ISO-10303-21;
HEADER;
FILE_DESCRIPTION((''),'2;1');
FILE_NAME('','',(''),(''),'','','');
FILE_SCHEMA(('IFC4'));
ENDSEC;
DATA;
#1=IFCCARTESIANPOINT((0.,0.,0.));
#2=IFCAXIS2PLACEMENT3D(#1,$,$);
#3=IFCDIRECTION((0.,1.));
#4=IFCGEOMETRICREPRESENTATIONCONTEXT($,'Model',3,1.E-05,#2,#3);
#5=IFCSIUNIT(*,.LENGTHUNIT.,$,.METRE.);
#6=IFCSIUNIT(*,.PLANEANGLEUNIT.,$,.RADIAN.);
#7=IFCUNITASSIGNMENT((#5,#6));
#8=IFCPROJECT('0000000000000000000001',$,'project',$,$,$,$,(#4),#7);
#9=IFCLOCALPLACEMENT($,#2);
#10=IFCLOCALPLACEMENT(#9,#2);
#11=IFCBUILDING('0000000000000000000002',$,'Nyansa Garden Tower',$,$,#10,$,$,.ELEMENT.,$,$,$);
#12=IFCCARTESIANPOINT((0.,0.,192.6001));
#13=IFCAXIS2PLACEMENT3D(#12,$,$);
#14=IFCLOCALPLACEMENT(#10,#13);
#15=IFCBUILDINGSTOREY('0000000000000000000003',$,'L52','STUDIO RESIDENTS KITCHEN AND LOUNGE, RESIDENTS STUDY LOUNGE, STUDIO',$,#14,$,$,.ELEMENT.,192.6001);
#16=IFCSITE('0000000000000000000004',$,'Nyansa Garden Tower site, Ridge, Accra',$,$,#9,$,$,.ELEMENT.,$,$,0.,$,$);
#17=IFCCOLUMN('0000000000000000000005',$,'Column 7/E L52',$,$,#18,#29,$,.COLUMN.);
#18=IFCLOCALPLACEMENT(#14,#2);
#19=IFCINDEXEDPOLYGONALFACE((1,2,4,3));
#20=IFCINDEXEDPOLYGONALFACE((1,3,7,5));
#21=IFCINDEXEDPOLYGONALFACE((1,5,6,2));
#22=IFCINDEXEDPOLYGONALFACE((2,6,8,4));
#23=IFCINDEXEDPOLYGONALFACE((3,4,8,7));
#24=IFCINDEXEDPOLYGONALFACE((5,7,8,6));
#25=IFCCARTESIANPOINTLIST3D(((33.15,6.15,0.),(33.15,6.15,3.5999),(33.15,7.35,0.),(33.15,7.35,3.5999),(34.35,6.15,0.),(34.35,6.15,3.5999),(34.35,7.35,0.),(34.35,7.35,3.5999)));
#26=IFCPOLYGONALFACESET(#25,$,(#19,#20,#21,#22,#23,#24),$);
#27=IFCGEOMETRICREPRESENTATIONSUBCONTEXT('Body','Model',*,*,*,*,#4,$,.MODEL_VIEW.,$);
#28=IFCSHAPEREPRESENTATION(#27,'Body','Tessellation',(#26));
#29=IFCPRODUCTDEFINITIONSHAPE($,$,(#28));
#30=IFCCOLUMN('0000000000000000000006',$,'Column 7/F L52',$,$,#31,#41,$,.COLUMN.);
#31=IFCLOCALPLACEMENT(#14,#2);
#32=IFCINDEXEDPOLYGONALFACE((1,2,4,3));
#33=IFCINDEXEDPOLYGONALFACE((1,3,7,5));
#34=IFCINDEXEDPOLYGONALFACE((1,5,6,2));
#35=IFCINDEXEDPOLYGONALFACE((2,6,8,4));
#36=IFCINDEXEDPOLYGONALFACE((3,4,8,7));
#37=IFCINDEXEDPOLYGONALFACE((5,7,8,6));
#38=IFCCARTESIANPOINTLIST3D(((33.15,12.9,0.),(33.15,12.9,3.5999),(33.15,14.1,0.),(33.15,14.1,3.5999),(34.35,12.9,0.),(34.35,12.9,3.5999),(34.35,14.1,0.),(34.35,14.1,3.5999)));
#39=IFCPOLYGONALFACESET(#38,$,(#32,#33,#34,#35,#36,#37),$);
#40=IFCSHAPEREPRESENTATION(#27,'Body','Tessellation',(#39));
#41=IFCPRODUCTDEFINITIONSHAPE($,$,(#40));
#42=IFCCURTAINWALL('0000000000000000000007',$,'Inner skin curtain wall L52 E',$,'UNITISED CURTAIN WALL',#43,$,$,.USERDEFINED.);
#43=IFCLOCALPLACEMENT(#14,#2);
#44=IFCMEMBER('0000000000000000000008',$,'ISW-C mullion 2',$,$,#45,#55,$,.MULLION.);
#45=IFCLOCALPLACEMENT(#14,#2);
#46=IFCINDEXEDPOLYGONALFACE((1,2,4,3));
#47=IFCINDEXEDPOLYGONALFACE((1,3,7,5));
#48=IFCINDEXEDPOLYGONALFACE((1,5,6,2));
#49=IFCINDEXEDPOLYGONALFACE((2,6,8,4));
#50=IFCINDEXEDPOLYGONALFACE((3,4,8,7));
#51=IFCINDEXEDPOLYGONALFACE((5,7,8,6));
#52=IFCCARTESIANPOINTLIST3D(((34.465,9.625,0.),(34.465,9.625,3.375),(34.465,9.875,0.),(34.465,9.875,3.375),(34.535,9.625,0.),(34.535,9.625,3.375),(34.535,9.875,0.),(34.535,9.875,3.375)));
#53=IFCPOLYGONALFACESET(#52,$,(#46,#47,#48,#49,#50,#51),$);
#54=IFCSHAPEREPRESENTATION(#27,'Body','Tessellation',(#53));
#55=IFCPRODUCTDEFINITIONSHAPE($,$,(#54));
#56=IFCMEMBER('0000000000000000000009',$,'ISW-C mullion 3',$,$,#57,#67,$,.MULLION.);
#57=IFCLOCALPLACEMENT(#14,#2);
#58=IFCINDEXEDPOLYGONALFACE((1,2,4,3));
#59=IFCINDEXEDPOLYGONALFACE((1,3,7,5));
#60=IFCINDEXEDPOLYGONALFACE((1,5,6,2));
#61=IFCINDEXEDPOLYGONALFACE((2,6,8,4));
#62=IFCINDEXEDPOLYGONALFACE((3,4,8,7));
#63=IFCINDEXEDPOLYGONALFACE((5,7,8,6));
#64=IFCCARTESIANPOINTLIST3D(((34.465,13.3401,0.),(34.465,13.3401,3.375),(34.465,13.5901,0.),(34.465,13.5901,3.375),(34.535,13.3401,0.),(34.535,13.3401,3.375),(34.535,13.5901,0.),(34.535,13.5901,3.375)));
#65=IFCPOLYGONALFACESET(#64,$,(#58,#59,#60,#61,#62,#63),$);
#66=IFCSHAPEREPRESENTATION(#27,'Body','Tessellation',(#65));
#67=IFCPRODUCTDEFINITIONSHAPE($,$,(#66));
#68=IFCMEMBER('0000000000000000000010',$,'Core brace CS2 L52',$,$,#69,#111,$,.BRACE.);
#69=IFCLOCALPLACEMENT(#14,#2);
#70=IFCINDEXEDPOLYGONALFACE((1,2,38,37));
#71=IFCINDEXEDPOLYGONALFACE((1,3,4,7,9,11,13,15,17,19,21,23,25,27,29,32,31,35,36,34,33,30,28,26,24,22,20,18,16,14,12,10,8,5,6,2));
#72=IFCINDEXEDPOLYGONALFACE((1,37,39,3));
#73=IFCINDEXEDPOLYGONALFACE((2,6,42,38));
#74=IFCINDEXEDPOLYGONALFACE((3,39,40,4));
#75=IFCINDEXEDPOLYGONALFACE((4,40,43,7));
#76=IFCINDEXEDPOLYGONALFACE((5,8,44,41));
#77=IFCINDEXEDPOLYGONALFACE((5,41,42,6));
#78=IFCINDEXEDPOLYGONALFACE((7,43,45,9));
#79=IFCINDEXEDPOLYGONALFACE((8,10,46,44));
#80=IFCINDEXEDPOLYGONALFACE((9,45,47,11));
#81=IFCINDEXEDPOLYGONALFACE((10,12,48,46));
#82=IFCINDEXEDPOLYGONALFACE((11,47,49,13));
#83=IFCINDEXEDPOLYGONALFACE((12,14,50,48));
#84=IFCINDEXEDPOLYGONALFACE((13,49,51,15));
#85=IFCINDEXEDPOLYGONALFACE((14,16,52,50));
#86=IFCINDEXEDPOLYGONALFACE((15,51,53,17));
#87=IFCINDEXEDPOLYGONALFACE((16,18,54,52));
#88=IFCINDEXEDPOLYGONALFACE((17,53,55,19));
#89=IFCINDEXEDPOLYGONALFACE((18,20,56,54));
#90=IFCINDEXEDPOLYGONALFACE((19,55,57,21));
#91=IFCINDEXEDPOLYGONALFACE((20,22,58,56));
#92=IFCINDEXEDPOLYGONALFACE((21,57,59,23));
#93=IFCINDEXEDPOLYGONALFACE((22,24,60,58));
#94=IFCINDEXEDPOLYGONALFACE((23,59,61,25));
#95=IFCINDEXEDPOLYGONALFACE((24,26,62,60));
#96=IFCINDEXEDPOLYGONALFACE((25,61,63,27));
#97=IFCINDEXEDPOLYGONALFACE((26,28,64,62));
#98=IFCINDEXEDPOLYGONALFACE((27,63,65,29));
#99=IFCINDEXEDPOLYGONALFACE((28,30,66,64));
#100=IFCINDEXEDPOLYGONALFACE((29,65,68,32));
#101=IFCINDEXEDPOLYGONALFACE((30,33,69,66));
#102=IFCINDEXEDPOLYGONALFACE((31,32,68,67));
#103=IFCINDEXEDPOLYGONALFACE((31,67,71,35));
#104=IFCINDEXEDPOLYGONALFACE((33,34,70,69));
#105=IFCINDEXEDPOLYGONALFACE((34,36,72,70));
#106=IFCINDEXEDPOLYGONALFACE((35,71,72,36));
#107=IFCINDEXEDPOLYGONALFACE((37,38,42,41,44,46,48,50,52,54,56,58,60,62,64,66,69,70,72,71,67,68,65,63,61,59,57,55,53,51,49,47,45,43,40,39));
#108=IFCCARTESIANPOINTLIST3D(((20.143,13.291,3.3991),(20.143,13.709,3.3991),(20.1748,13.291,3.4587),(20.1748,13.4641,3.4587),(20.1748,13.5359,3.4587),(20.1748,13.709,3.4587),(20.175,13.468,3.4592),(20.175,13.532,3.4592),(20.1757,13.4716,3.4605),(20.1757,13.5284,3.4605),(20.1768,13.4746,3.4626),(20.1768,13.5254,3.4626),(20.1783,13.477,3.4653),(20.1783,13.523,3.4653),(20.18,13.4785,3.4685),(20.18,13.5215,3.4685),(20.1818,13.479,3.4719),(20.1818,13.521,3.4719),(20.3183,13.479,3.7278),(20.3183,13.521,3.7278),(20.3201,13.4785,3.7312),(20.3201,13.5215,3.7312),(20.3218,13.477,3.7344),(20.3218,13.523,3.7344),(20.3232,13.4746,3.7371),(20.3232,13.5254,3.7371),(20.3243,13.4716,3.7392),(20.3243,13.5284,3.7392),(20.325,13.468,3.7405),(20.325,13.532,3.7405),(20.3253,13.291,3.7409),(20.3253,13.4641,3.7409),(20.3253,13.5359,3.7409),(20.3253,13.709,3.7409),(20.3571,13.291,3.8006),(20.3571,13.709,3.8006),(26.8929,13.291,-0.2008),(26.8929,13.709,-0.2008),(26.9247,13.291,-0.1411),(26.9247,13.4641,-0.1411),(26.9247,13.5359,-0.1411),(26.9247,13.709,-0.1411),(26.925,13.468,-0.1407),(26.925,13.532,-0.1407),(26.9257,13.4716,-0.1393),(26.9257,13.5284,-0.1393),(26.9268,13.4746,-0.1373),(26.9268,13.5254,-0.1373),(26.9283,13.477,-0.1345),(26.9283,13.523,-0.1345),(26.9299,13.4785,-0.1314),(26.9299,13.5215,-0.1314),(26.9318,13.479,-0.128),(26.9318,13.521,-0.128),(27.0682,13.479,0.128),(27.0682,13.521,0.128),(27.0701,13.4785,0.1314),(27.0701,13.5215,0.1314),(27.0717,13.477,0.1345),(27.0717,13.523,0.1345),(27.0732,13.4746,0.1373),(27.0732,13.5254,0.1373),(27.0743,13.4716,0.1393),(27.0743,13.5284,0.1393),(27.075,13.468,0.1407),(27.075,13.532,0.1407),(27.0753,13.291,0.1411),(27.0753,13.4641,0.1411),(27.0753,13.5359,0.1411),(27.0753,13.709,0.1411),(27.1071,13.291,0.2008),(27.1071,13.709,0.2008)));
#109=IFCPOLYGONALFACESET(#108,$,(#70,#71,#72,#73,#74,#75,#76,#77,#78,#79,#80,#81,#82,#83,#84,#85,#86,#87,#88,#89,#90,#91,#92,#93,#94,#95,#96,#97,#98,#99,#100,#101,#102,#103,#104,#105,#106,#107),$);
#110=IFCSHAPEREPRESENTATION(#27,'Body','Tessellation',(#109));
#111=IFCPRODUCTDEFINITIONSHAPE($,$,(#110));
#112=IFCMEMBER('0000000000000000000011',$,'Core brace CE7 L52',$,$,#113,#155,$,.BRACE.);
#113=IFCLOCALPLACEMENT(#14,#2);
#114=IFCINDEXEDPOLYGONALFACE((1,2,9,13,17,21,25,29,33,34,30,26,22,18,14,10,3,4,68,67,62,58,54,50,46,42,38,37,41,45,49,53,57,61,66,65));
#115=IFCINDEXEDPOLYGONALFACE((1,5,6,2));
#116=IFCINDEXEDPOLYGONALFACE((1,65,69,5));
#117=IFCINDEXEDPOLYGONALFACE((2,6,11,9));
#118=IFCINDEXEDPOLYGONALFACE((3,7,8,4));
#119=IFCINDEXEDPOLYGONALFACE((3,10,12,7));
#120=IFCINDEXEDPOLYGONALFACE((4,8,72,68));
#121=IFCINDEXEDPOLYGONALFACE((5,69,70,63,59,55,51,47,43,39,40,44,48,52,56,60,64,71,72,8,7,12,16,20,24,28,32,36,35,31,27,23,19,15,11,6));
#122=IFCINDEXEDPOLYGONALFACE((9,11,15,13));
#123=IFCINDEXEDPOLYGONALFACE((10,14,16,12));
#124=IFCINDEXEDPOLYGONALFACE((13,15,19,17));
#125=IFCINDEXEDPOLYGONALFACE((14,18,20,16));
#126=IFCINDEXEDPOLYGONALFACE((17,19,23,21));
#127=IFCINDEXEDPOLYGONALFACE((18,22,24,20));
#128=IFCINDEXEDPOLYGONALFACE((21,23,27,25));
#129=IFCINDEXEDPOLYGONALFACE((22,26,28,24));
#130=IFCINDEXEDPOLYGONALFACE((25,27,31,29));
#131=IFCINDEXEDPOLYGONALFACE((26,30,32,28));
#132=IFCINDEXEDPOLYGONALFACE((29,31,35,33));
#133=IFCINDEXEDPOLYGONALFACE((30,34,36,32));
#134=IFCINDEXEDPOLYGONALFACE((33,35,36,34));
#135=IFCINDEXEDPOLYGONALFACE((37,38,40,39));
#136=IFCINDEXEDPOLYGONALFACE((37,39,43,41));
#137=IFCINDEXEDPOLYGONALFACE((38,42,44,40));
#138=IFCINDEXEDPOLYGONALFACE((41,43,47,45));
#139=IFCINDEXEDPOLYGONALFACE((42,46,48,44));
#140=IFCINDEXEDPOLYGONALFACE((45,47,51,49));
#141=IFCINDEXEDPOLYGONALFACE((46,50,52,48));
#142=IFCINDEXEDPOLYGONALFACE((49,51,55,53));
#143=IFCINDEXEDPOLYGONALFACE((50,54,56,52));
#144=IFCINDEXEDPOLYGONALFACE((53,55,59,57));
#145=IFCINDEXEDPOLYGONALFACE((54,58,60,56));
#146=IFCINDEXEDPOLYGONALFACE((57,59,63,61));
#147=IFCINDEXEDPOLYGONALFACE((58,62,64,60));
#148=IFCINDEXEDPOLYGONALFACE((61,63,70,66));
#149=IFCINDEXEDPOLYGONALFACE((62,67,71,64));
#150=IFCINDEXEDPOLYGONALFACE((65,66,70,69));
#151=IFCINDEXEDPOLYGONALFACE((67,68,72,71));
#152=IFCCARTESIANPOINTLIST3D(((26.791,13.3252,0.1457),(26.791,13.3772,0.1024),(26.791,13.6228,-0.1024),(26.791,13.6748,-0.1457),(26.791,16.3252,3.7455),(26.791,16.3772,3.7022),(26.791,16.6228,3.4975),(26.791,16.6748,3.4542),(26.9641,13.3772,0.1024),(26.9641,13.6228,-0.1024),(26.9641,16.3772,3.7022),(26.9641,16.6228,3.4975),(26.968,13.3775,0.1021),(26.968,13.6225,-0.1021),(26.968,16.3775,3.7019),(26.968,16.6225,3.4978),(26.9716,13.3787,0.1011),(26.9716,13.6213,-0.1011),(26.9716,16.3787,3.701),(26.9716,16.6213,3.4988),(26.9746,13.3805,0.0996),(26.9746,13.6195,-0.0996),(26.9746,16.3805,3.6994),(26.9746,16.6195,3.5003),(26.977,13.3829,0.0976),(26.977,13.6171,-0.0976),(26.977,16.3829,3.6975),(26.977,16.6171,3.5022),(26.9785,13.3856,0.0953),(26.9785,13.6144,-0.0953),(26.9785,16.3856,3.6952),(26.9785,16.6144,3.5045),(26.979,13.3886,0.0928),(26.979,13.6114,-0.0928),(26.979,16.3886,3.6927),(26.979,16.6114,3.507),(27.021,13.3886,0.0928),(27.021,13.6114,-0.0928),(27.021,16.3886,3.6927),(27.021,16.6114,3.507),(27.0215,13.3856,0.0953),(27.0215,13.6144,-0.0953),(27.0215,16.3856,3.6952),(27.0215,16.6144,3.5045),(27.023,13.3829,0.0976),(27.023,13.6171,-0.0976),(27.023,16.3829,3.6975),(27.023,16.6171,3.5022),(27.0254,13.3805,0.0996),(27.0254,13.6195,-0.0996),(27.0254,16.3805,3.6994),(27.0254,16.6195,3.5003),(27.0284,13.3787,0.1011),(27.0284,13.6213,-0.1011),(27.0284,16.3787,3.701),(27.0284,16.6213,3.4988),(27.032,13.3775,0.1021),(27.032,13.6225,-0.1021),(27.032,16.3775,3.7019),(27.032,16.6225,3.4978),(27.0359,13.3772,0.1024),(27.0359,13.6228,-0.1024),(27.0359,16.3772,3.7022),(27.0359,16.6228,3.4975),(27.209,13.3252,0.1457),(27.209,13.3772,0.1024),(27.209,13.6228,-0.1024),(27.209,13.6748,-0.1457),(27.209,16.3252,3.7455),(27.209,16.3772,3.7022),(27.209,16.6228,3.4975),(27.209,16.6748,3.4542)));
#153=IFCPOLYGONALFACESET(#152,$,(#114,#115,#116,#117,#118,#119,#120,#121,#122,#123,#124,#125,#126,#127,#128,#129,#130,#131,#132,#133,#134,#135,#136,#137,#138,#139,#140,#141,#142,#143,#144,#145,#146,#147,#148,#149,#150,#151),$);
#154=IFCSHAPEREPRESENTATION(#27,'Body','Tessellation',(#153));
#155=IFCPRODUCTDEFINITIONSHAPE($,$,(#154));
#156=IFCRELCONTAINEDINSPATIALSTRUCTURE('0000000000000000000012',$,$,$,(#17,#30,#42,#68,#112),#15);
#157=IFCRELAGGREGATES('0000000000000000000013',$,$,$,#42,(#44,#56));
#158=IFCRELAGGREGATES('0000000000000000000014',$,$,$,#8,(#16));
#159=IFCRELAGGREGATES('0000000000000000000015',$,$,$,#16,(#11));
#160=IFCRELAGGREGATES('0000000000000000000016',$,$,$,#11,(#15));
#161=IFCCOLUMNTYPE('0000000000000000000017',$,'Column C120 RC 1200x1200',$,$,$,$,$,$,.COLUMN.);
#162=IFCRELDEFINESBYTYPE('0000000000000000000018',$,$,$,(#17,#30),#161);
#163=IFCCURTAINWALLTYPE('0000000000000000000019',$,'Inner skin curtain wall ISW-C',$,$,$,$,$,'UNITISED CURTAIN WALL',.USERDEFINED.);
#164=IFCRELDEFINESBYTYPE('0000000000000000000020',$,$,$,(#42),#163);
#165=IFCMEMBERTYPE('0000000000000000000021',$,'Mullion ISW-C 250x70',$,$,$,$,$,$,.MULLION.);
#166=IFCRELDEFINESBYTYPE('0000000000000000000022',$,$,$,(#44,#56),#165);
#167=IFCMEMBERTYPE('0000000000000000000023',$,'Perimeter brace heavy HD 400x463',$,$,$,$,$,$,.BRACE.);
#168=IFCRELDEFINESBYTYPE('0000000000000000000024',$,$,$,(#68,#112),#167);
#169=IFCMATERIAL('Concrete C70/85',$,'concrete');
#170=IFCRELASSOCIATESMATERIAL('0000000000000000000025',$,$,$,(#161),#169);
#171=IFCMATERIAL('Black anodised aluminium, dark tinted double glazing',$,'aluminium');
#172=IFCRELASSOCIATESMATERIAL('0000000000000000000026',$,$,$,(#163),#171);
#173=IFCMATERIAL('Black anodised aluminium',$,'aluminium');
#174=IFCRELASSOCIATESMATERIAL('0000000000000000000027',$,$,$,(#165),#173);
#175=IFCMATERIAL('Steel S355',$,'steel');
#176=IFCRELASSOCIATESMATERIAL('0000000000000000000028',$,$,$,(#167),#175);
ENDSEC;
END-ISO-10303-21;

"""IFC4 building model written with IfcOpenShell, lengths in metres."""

from ifc_helpers import new_model, si_unit, direction, frame, origin, origin_2d, place, context, subcontext, project, spatial, rectangle, i_section, extrude, material, material_profile, profile_set, type_object, element, aggregate, save


model = new_model("IFC4")

# Units and contexts
model_context = context("Model", 3, precision=1e-05, world=origin(), true_north=direction((0.0, 1.0)))
body_context = subcontext(model_context, "Body", "Model", "MODEL_VIEW")
ifc_project = project(units=[si_unit("LENGTHUNIT", "METRE"), si_unit("PLANEANGLEUNIT", "RADIAN")], contexts=[model_context])

# Site, building, storey
site_placement = place(None, origin())
site = spatial("IfcSite", under=ifc_project, at=site_placement, Name="Nyansa Garden Tower site, Ridge, Accra", CompositionType="ELEMENT", RefElevation=0.0)
building_placement = place(site_placement, origin())
building = spatial("IfcBuilding", under=site, at=building_placement, Name="Nyansa Garden Tower", CompositionType="ELEMENT")
storey_placement = place(building_placement, frame((0.0, 0.0, 192.6001)))
storey = spatial("IfcBuildingStorey", under=building, at=storey_placement, Name="L52", Description="STUDIO RESIDENTS KITCHEN AND LOUNGE, RESIDENTS STUDY LOUNGE, STUDIO", CompositionType="ELEMENT", Elevation=192.6001)

# Columns
ifc_material_1 = material(Name="Concrete C70/85", Category="concrete")
ifc_material_profile_1 = material_profile(ifc_material_1, rectangle(XDim=1.2, YDim=1.2, at=origin_2d()), Name="RC 1200x1200")
ifc_profile_set_1 = profile_set([ifc_material_profile_1], Name="Concrete C70/85")
column_type = type_object("IfcColumnType", Name="Column C120 RC 1200x1200", PredefinedType="COLUMN", material=ifc_profile_set_1)
for number, where, z_axis, x_axis, name in (
    (1, (33.75, 6.75, 0.0), (0.0, 0.0, 1.0), (1.0, 0.0, 0.0), "Column 7/E L52"),
    (2, (33.75, 13.5, 0.0), (0.0, 0.0, 1.0), (1.0, 0.0, 0.0), "Column 7/F L52"),
):
    element("IfcColumn", number, at=place(storey_placement, frame(where, z_axis=z_axis, x_axis=x_axis)), inside=storey, type_object=column_type, Name=name, PredefinedType="COLUMN", context=body_context, shape_type="SweptSolid", body=[
        extrude(rectangle(XDim=1.2, YDim=1.2, at=origin_2d()), origin(), (0.0, 0.0, 1.0), 3.5999),
    ])

# Curtain wall, members
ifc_material_2 = material(Name="Black anodised aluminium, dark tinted double glazing", Category="aluminium")
curtain_wall_type = type_object("IfcCurtainWallType", Name="Inner skin curtain wall ISW-C", ElementType="UNITISED CURTAIN WALL", PredefinedType="USERDEFINED", material=ifc_material_2)
curtain_wall_placement = place(storey_placement, origin())
curtain_wall = element("IfcCurtainWall", 3, at=curtain_wall_placement, inside=storey, type_object=curtain_wall_type, Name="Inner skin curtain wall L52 E", ObjectType="UNITISED CURTAIN WALL", PredefinedType="USERDEFINED")
ifc_material_3 = material(Name="Black anodised aluminium", Category="aluminium")
ifc_material_profile_2 = material_profile(ifc_material_3, rectangle(XDim=0.0701, YDim=0.25, at=origin_2d()), Name="Mullion 250x70")
ifc_profile_set_2 = profile_set([ifc_material_profile_2], Name="Black anodised aluminium")
member_type_1 = type_object("IfcMemberType", Name="Mullion ISW-C 250x70", PredefinedType="MULLION", material=ifc_profile_set_2)
member_1_placement = place(storey_placement, frame((34.5, 9.75, 0.0), z_axis=(0.0, 0.0, 1.0), x_axis=(-1.0, 0.0, 0.0)))
member_1 = element("IfcMember", 4, at=member_1_placement, type_object=member_type_1, Name="ISW-C mullion 2", PredefinedType="MULLION", context=body_context, shape_type="SweptSolid", body=[
    extrude(rectangle(XDim=0.0701, YDim=0.25, at=origin_2d()), origin(), (0.0, 0.0, 1.0), 3.375),
])
member_2_placement = place(storey_placement, frame((34.5, 13.4651, 0.0), z_axis=(0.0, 0.0, 1.0), x_axis=(-1.0, 0.0, 0.0)))
member_2 = element("IfcMember", 5, at=member_2_placement, type_object=member_type_1, Name="ISW-C mullion 3", PredefinedType="MULLION", context=body_context, shape_type="SweptSolid", body=[
    extrude(rectangle(XDim=0.0701, YDim=0.25, at=origin_2d()), origin(), (0.0, 0.0, 1.0), 3.375),
])

# Members
ifc_material_4 = material(Name="Steel S355", Category="steel")
ifc_material_profile_3 = material_profile(ifc_material_4, i_section(OverallWidth=0.418, OverallDepth=0.4551, WebThickness=0.042, FlangeThickness=0.0676, FilletRadius=0.0149, at=origin_2d()), Name="HD 400x463")
ifc_profile_set_3 = profile_set([ifc_material_profile_3], Name="Steel S355")
member_type_2 = type_object("IfcMemberType", Name="Perimeter brace heavy HD 400x463", PredefinedType="BRACE", material=ifc_profile_set_3)
member_3_placement = place(storey_placement, frame((27.0, 13.5, 0.0), z_axis=(-0.882361, 0.0, 0.470573), x_axis=(0.0, -1.0, 0.0)))
element("IfcMember", 6, at=member_3_placement, inside=storey, type_object=member_type_2, Name="Core brace CS2 L52", PredefinedType="BRACE", context=body_context, shape_type="SweptSolid", body=[
    extrude(i_section(OverallWidth=0.418, OverallDepth=0.4551, WebThickness=0.042, FlangeThickness=0.0676, FilletRadius=0.0149, at=origin_2d()), origin(), (0.0, 0.0, 1.0), 7.6499),
])
member_4_placement = place(storey_placement, frame((27.0, 13.5, 0.0), z_axis=(0.0, 0.6402, 0.768208), x_axis=(-1.0, 0.0, 0.0)))
element("IfcMember", 7, at=member_4_placement, inside=storey, type_object=member_type_2, Name="Core brace CE7 L52", PredefinedType="BRACE", context=body_context, shape_type="SweptSolid", body=[
    extrude(i_section(OverallWidth=0.418, OverallDepth=0.4551, WebThickness=0.042, FlangeThickness=0.0676, FilletRadius=0.0149, at=origin_2d()), origin(), (0.0, 0.0, 1.0), 4.686),
])

aggregate(curtain_wall, [member_1, member_2])

save(model, "model.ifc")
